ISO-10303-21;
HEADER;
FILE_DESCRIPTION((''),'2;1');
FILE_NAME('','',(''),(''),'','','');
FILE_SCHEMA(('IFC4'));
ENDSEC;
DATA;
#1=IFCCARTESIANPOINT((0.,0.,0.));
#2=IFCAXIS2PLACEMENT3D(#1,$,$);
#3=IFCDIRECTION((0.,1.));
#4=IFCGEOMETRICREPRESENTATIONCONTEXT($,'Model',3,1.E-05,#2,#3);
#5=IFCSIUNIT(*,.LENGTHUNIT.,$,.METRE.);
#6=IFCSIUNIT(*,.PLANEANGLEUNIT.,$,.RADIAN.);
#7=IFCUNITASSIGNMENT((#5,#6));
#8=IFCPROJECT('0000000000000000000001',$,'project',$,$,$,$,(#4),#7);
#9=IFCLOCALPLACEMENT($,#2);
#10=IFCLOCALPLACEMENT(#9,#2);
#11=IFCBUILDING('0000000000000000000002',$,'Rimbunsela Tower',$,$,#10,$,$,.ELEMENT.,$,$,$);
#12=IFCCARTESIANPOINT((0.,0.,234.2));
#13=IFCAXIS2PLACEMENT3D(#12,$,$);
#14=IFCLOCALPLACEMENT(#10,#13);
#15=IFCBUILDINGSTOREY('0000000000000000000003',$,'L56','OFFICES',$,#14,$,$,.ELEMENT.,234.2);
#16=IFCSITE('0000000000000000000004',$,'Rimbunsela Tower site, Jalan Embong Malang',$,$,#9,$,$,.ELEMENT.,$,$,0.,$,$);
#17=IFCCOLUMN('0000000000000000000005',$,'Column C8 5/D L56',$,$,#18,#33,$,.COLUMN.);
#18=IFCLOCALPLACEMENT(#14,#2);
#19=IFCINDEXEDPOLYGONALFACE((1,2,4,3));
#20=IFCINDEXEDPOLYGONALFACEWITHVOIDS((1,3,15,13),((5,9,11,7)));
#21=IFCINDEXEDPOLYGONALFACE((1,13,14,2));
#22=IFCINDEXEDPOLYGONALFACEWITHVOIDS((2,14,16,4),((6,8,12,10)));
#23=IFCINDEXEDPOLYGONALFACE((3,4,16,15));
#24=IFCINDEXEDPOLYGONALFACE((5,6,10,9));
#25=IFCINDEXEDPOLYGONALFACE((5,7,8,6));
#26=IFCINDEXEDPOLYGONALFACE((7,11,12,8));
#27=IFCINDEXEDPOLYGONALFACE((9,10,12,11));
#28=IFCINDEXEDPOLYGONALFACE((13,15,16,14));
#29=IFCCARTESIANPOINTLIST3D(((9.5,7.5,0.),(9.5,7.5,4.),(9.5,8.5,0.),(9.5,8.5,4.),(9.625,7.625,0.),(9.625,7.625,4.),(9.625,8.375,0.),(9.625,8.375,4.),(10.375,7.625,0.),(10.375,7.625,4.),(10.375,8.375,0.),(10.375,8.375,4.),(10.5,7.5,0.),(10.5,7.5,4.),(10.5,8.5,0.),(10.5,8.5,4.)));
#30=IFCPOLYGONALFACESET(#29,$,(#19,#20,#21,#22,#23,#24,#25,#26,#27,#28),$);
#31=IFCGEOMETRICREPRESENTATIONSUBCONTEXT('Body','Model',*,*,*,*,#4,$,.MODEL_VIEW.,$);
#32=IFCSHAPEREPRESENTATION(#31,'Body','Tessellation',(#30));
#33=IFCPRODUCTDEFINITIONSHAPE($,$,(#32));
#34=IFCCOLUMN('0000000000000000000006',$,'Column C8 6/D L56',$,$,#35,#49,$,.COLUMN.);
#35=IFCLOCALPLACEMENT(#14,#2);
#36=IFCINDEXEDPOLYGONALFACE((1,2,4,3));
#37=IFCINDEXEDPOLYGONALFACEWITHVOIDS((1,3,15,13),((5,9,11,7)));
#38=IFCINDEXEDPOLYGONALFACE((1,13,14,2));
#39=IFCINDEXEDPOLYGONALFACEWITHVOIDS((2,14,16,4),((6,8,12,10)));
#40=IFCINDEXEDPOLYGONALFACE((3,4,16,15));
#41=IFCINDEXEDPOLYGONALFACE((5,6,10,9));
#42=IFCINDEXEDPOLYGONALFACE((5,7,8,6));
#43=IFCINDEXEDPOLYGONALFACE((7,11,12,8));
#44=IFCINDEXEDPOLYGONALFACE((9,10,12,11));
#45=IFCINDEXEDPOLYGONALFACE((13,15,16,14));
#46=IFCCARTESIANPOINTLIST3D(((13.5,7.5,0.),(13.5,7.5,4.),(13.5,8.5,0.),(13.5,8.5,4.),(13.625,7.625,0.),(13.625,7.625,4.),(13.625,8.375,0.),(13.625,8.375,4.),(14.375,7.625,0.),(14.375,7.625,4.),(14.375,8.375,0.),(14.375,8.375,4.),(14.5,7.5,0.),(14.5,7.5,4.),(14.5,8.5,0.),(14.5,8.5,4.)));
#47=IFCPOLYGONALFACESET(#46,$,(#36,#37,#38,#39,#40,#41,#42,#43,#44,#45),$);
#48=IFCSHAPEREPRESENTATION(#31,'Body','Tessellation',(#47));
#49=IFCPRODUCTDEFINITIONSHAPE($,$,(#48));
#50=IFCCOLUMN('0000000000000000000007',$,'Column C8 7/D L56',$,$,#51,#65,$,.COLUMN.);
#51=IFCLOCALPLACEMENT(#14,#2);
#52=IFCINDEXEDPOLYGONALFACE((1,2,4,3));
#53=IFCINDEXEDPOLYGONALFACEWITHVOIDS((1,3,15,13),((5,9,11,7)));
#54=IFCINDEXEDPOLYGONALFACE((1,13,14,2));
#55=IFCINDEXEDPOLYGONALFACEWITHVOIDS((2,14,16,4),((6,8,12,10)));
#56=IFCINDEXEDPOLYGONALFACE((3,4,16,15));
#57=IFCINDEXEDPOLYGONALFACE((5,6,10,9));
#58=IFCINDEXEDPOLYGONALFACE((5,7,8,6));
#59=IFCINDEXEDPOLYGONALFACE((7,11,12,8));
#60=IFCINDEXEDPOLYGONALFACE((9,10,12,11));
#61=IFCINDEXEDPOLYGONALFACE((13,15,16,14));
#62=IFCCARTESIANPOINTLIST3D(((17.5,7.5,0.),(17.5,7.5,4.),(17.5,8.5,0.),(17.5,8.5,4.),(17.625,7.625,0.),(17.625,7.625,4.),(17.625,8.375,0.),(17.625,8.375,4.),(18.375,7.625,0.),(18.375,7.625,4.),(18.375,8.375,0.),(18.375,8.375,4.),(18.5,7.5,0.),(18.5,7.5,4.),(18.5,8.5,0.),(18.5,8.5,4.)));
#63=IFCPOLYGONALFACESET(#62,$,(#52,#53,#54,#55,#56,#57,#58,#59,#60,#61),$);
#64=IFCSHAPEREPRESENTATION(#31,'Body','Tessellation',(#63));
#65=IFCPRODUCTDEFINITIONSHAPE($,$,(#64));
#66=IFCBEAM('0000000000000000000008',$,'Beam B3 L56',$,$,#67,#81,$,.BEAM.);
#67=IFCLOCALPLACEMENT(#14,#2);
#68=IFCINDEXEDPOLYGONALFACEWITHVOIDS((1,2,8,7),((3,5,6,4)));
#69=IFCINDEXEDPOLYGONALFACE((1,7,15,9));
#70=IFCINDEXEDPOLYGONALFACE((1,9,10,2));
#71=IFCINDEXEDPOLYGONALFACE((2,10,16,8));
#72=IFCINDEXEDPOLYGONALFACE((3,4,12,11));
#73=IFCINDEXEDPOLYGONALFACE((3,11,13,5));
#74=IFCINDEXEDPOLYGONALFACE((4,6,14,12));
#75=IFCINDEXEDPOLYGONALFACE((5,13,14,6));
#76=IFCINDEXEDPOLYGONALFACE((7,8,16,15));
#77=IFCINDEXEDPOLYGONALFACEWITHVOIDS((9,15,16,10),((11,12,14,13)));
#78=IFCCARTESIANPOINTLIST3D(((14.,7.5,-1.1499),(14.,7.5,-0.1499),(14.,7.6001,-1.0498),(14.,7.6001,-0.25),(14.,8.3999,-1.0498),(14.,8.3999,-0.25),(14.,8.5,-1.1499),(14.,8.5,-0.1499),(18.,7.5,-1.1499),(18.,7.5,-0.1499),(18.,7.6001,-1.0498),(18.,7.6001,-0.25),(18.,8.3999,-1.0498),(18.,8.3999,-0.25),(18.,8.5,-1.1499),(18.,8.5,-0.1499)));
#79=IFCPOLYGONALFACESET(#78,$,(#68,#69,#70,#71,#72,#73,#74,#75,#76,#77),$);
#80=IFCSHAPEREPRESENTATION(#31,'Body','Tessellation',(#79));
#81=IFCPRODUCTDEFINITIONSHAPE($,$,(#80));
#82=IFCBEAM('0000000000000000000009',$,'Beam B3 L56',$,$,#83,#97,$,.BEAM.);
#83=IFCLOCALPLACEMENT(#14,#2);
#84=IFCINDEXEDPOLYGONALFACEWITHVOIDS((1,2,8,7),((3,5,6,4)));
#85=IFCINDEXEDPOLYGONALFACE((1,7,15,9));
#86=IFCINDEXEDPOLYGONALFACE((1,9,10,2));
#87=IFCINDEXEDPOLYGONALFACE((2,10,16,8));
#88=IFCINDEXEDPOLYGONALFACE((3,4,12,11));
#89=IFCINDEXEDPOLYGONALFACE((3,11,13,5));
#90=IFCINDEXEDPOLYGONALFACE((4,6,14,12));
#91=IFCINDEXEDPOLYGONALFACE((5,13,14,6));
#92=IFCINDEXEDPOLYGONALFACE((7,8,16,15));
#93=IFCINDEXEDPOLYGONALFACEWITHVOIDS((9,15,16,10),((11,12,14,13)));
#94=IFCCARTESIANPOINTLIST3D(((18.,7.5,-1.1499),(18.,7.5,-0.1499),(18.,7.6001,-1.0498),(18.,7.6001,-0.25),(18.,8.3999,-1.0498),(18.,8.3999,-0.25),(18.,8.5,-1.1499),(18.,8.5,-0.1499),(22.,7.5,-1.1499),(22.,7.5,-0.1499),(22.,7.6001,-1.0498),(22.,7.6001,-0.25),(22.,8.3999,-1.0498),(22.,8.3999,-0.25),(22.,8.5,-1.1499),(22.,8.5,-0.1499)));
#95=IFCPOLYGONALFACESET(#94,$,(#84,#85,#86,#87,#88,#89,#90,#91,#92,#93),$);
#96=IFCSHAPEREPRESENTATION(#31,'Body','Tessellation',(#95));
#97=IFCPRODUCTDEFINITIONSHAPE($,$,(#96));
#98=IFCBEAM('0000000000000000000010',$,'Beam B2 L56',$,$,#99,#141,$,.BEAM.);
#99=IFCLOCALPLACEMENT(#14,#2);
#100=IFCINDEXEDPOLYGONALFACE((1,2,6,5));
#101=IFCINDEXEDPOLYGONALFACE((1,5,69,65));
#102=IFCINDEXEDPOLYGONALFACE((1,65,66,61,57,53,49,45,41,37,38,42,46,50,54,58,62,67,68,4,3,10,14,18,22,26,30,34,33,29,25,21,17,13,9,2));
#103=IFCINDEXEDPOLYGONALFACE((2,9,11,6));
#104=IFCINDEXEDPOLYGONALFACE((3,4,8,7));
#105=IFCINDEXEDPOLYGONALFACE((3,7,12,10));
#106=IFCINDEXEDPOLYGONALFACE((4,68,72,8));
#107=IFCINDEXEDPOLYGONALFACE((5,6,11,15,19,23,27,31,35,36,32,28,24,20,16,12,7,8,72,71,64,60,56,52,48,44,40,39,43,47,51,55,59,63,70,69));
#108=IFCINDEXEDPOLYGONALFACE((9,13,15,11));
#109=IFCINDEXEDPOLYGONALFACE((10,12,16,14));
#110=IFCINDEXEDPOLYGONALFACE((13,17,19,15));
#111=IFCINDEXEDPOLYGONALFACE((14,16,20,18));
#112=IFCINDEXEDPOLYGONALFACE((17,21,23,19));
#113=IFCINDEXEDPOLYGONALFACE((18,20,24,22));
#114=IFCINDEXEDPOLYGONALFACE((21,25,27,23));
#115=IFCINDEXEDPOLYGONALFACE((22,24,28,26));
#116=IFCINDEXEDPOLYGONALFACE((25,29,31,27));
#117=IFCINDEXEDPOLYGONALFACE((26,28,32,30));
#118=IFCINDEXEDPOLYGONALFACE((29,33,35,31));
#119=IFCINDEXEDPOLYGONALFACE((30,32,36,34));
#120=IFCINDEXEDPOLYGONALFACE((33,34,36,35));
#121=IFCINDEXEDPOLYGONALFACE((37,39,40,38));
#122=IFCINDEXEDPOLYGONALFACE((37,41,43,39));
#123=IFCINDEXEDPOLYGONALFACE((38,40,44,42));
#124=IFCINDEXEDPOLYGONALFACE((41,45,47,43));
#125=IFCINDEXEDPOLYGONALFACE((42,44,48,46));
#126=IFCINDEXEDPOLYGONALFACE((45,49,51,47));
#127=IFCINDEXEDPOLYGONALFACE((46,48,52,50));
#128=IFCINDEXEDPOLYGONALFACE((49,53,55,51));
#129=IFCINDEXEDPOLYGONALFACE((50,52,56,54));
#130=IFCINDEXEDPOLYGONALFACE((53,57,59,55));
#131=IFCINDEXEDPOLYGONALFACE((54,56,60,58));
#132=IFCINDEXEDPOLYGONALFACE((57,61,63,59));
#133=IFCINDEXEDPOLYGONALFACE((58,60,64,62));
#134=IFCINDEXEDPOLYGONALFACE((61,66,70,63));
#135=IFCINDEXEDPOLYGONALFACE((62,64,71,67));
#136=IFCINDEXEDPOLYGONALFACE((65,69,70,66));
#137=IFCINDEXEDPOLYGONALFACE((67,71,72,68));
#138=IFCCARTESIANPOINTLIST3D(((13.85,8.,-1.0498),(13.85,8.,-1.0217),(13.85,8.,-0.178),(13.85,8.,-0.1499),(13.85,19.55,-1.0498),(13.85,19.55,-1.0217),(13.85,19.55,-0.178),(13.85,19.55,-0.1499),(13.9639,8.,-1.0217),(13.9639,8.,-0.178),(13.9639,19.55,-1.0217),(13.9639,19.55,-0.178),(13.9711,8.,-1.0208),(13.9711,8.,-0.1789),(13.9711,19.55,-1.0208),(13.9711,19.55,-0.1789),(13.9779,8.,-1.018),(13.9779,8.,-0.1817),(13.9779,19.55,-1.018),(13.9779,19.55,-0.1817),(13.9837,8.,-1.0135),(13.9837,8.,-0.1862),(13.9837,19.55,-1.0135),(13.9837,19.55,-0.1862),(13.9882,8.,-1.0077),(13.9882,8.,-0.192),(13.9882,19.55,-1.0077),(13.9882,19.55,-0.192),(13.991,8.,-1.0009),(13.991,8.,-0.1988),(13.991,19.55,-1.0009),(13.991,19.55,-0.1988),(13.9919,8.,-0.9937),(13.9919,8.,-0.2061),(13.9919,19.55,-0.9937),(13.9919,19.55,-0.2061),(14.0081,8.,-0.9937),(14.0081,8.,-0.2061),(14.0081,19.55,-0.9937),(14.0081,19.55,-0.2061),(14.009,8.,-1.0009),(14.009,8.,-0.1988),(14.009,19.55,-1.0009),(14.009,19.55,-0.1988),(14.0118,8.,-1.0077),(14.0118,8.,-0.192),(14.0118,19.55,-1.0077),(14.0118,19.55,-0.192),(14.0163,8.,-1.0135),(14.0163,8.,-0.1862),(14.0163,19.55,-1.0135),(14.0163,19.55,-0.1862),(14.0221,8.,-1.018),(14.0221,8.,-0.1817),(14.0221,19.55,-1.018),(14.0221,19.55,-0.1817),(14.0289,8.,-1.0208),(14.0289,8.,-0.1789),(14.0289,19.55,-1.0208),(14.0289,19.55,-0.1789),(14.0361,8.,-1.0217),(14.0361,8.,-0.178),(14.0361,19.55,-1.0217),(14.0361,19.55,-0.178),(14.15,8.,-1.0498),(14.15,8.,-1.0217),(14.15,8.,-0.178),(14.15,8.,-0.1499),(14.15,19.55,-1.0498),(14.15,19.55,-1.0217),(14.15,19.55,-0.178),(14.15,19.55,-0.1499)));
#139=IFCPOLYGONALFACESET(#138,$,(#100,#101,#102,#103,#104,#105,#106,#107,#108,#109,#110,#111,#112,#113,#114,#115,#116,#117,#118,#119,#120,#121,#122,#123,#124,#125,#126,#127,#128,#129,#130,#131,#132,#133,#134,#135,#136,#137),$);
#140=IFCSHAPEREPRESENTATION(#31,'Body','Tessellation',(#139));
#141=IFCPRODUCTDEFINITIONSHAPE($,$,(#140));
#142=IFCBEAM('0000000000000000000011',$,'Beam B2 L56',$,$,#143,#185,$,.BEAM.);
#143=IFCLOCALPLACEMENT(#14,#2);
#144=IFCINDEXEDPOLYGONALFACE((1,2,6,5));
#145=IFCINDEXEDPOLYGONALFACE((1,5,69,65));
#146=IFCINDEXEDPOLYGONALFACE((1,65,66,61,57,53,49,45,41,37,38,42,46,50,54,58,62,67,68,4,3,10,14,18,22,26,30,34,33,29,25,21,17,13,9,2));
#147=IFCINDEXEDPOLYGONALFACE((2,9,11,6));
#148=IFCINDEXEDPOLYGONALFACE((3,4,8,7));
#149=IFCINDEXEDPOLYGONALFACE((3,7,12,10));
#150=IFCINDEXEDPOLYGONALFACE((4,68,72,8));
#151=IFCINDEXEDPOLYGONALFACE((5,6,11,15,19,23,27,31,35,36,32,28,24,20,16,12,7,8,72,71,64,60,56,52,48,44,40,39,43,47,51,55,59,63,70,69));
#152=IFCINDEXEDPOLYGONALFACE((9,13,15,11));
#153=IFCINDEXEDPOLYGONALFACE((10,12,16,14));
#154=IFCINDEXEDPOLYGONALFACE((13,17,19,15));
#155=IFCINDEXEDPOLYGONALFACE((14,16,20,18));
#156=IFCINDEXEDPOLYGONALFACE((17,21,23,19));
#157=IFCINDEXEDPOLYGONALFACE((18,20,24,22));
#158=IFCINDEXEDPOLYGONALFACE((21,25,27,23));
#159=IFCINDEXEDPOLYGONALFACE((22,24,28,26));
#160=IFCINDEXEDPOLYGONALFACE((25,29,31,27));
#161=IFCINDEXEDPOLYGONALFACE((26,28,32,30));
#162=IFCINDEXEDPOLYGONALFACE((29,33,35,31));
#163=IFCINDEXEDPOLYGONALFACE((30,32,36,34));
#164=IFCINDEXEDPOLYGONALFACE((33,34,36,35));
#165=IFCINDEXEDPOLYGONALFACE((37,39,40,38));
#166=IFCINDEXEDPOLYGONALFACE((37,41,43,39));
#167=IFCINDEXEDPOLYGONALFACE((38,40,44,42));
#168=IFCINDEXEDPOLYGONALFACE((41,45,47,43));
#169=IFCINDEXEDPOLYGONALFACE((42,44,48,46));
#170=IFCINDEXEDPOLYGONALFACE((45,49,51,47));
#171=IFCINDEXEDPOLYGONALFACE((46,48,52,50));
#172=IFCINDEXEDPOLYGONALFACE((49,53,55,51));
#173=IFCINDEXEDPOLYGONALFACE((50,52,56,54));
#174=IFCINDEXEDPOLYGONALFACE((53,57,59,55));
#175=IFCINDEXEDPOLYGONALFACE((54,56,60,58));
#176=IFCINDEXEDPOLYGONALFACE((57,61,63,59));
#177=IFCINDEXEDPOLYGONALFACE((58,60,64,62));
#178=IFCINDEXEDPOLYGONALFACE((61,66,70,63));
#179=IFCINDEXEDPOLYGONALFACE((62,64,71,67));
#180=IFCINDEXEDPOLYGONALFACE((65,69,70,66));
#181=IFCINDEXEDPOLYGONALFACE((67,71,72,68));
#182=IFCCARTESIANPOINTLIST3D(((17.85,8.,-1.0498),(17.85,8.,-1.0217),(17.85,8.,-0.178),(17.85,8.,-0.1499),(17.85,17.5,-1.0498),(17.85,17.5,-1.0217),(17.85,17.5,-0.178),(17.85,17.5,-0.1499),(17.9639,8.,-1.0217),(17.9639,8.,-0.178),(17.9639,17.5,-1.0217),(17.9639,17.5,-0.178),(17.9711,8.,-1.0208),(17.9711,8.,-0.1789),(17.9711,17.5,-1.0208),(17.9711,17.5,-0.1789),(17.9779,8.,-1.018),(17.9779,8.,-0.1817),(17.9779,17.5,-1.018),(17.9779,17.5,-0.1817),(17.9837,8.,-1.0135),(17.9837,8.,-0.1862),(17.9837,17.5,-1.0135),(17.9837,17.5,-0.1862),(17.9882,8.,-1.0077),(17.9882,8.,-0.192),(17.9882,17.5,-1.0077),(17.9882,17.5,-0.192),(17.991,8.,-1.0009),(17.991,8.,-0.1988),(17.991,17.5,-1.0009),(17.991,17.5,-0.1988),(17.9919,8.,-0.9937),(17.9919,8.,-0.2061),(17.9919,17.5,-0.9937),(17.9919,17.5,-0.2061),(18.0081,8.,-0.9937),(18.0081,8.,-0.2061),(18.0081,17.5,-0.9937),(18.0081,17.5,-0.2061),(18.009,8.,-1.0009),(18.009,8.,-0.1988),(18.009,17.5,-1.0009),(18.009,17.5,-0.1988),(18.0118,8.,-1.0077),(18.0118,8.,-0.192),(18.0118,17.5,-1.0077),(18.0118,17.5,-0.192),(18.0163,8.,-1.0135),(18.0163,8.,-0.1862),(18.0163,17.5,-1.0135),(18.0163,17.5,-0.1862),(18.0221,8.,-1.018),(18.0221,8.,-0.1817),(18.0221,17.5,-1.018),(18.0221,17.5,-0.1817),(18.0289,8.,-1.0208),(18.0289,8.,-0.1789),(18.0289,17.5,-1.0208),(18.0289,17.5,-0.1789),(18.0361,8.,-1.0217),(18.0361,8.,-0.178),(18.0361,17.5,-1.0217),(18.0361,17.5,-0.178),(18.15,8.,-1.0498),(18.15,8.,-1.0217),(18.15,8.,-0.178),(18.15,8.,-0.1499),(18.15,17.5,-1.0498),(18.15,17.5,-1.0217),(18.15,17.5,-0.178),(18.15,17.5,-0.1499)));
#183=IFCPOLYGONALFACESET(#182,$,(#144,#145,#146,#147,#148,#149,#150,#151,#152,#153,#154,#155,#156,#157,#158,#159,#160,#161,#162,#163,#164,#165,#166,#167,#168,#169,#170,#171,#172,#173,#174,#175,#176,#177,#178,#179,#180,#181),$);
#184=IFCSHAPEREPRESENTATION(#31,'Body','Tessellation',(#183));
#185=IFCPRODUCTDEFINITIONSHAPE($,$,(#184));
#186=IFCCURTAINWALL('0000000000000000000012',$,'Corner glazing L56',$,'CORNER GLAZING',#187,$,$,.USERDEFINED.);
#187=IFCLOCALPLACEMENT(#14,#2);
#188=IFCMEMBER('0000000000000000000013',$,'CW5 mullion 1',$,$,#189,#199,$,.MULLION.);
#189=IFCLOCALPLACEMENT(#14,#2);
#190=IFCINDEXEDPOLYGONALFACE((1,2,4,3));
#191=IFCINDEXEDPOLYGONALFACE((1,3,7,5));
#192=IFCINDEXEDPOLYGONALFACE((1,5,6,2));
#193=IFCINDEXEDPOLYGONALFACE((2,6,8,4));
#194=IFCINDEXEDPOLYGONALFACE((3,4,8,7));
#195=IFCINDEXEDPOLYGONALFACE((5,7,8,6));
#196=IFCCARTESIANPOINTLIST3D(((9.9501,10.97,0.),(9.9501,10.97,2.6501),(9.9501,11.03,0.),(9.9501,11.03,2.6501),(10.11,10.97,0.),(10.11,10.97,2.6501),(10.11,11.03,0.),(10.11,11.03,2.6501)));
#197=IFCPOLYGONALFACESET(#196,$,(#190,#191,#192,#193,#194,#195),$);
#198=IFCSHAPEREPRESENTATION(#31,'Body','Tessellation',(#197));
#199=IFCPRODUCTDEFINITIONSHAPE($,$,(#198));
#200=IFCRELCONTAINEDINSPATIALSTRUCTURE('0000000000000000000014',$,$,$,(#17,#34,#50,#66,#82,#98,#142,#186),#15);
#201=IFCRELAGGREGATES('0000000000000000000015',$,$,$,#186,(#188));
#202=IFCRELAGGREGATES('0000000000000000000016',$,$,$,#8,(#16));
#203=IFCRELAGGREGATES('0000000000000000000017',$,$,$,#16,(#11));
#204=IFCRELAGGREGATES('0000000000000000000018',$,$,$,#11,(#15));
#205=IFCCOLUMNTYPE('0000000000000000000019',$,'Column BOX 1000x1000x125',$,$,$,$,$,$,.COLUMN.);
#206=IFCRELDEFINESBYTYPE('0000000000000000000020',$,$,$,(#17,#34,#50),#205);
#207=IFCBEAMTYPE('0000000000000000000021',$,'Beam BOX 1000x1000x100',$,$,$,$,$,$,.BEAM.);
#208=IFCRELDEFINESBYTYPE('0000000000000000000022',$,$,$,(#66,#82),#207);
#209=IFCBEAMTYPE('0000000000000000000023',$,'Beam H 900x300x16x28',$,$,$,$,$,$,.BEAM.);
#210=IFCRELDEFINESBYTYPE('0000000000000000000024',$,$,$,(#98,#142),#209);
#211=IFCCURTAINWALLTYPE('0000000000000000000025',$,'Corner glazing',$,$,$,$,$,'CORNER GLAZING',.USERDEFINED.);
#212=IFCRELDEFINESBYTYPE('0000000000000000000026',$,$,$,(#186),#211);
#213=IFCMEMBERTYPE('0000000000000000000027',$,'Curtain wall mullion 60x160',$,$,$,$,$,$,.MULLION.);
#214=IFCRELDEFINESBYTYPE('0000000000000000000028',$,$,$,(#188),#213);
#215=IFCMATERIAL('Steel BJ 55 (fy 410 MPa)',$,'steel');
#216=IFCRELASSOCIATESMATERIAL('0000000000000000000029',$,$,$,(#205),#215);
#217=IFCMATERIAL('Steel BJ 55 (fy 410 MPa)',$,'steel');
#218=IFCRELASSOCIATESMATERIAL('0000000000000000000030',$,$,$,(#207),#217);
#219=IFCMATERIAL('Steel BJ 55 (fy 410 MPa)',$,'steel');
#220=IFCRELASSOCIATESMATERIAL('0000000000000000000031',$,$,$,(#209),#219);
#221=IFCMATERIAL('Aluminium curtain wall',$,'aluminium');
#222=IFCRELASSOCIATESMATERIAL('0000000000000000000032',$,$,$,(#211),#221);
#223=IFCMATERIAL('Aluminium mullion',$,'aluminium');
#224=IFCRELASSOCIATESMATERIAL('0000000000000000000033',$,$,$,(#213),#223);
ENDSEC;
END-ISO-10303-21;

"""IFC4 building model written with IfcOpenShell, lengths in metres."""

from ifc_helpers import new_model, si_unit, direction, frame, origin, origin_2d, place, context, subcontext, project, spatial, rectangle, hollow_rectangle, i_section, extrude, material, material_profile, profile_set, type_object, element, aggregate, save


model = new_model("IFC4")

# Units and contexts
model_context = context("Model", 3, precision=1e-05, world=origin(), true_north=direction((0.0, 1.0)))
body_context = subcontext(model_context, "Body", "Model", "MODEL_VIEW")
ifc_project = project(units=[si_unit("LENGTHUNIT", "METRE"), si_unit("PLANEANGLEUNIT", "RADIAN")], contexts=[model_context])

# Site, building, storey
site_placement = place(None, origin())
site = spatial("IfcSite", under=ifc_project, at=site_placement, Name="Rimbunsela Tower site, Jalan Embong Malang", CompositionType="ELEMENT", RefElevation=0.0)
building_placement = place(site_placement, origin())
building = spatial("IfcBuilding", under=site, at=building_placement, Name="Rimbunsela Tower", CompositionType="ELEMENT")
storey_placement = place(building_placement, frame((0.0, 0.0, 234.2)))
storey = spatial("IfcBuildingStorey", under=building, at=storey_placement, Name="L56", Description="OFFICES", CompositionType="ELEMENT", Elevation=234.2)

# Columns
ifc_material_1 = material(Name="Steel BJ 55 (fy 410 MPa)", Category="steel")
ifc_material_profile_1 = material_profile(ifc_material_1, hollow_rectangle(XDim=1.0, YDim=1.0, WallThickness=0.125, at=origin_2d()), Name="BOX 1000x1000x125")
ifc_profile_set_1 = profile_set([ifc_material_profile_1], Name="Steel BJ 55 (fy 410 MPa)")
column_type = type_object("IfcColumnType", Name="Column BOX 1000x1000x125", PredefinedType="COLUMN", material=ifc_profile_set_1)
for number, where, z_axis, x_axis, name in (
    (1, (10.0, 8.0, 0.0), (0.0, 0.0, 1.0), (1.0, 0.0, 0.0), "Column C8 5/D L56"),
    (2, (14.0, 8.0, 0.0), (0.0, 0.0, 1.0), (1.0, 0.0, 0.0), "Column C8 6/D L56"),
    (3, (18.0, 8.0, 0.0), (0.0, 0.0, 1.0), (1.0, 0.0, 0.0), "Column C8 7/D L56"),
):
    element("IfcColumn", number, at=place(storey_placement, frame(where, z_axis=z_axis, x_axis=x_axis)), inside=storey, type_object=column_type, Name=name, PredefinedType="COLUMN", context=body_context, shape_type="SweptSolid", body=[
        extrude(hollow_rectangle(XDim=1.0, YDim=1.0, WallThickness=0.125, at=origin_2d()), origin(), (0.0, 0.0, 1.0), 4.0),
    ])

# Beams
ifc_material_2 = material(Name="Steel BJ 55 (fy 410 MPa)", Category="steel")
ifc_material_profile_2 = material_profile(ifc_material_2, hollow_rectangle(XDim=1.0, YDim=1.0, WallThickness=0.1001, at=origin_2d()), Name="BOX 1000x1000x100")
ifc_profile_set_2 = profile_set([ifc_material_profile_2], Name="Steel BJ 55 (fy 410 MPa)")
beam_type_1 = type_object("IfcBeamType", Name="Beam BOX 1000x1000x100", PredefinedType="BEAM", material=ifc_profile_set_2)
for number, where, z_axis, x_axis, name in (
    (4, (14.0, 8.0, -0.6499), (1.0, 0.0, 0.0), (0.0, 1.0, 0.0), "Beam B3 L56"),
    (5, (18.0, 8.0, -0.6499), (1.0, 0.0, 0.0), (0.0, 1.0, 0.0), "Beam B3 L56"),
):
    element("IfcBeam", number, at=place(storey_placement, frame(where, z_axis=z_axis, x_axis=x_axis)), inside=storey, type_object=beam_type_1, Name=name, PredefinedType="BEAM", context=body_context, shape_type="SweptSolid", body=[
        extrude(hollow_rectangle(XDim=1.0, YDim=1.0, WallThickness=0.1001, at=origin_2d()), origin(), (0.0, 0.0, 1.0), 4.0),
    ])
ifc_material_3 = material(Name="Steel BJ 55 (fy 410 MPa)", Category="steel")
ifc_material_profile_3 = material_profile(ifc_material_3, i_section(OverallWidth=0.3, OverallDepth=0.8999, WebThickness=0.0161, FlangeThickness=0.0281, FilletRadius=0.0281, at=origin_2d()), Name="H 900x300x16x28")
ifc_profile_set_3 = profile_set([ifc_material_profile_3], Name="Steel BJ 55 (fy 410 MPa)")
beam_type_2 = type_object("IfcBeamType", Name="Beam H 900x300x16x28", PredefinedType="BEAM", material=ifc_profile_set_3)
beam_1_placement = place(storey_placement, frame((14.0, 8.0, -0.5999), z_axis=(0.0, 1.0, 0.0), x_axis=(-1.0, 0.0, 0.0)))
element("IfcBeam", 6, at=beam_1_placement, inside=storey, type_object=beam_type_2, Name="Beam B2 L56", PredefinedType="BEAM", context=body_context, shape_type="SweptSolid", body=[
    extrude(i_section(OverallWidth=0.3, OverallDepth=0.8999, WebThickness=0.0161, FlangeThickness=0.0281, FilletRadius=0.0281, at=origin_2d()), origin(), (0.0, 0.0, 1.0), 11.55),
])
beam_2_placement = place(storey_placement, frame((18.0, 8.0, -0.5999), z_axis=(0.0, 1.0, 0.0), x_axis=(-1.0, 0.0, 0.0)))
element("IfcBeam", 7, at=beam_2_placement, inside=storey, type_object=beam_type_2, Name="Beam B2 L56", PredefinedType="BEAM", context=body_context, shape_type="SweptSolid", body=[
    extrude(i_section(OverallWidth=0.3, OverallDepth=0.8999, WebThickness=0.0161, FlangeThickness=0.0281, FilletRadius=0.0281, at=origin_2d()), origin(), (0.0, 0.0, 1.0), 9.5),
])

# Curtain wall, member
ifc_material_4 = material(Name="Aluminium curtain wall", Category="aluminium")
curtain_wall_type_1 = type_object("IfcCurtainWallType", Name="Corner glazing", ElementType="CORNER GLAZING", PredefinedType="USERDEFINED", material=ifc_material_4)
curtain_wall_1_placement = place(storey_placement, origin())
curtain_wall_1 = element("IfcCurtainWall", 8, at=curtain_wall_1_placement, inside=storey, type_object=curtain_wall_type_1, Name="Corner glazing L56", ObjectType="CORNER GLAZING", PredefinedType="USERDEFINED")
ifc_material_5 = material(Name="Aluminium mullion", Category="aluminium")
ifc_material_profile_4 = material_profile(ifc_material_5, rectangle(XDim=0.0601, YDim=0.1599, at=origin_2d()), Name="Mullion 60x160")
ifc_profile_set_4 = profile_set([ifc_material_profile_4], Name="Aluminium mullion")
member_type_1 = type_object("IfcMemberType", Name="Curtain wall mullion 60x160", PredefinedType="MULLION", material=ifc_profile_set_4)
member_1_placement = place(storey_placement, frame((10.03, 11.0, 0.0), z_axis=(0.0, 0.0, 1.0), x_axis=(0.0, 1.0, 0.0)))
member_1 = element("IfcMember", 9, at=member_1_placement, type_object=member_type_1, Name="CW5 mullion 1", PredefinedType="MULLION", context=body_context, shape_type="SweptSolid", body=[
    extrude(rectangle(XDim=0.0601, YDim=0.1599, at=origin_2d()), origin(), (0.0, 0.0, 1.0), 2.6501),
])

aggregate(curtain_wall_1, [member_1])

save(model, "model.ifc")
